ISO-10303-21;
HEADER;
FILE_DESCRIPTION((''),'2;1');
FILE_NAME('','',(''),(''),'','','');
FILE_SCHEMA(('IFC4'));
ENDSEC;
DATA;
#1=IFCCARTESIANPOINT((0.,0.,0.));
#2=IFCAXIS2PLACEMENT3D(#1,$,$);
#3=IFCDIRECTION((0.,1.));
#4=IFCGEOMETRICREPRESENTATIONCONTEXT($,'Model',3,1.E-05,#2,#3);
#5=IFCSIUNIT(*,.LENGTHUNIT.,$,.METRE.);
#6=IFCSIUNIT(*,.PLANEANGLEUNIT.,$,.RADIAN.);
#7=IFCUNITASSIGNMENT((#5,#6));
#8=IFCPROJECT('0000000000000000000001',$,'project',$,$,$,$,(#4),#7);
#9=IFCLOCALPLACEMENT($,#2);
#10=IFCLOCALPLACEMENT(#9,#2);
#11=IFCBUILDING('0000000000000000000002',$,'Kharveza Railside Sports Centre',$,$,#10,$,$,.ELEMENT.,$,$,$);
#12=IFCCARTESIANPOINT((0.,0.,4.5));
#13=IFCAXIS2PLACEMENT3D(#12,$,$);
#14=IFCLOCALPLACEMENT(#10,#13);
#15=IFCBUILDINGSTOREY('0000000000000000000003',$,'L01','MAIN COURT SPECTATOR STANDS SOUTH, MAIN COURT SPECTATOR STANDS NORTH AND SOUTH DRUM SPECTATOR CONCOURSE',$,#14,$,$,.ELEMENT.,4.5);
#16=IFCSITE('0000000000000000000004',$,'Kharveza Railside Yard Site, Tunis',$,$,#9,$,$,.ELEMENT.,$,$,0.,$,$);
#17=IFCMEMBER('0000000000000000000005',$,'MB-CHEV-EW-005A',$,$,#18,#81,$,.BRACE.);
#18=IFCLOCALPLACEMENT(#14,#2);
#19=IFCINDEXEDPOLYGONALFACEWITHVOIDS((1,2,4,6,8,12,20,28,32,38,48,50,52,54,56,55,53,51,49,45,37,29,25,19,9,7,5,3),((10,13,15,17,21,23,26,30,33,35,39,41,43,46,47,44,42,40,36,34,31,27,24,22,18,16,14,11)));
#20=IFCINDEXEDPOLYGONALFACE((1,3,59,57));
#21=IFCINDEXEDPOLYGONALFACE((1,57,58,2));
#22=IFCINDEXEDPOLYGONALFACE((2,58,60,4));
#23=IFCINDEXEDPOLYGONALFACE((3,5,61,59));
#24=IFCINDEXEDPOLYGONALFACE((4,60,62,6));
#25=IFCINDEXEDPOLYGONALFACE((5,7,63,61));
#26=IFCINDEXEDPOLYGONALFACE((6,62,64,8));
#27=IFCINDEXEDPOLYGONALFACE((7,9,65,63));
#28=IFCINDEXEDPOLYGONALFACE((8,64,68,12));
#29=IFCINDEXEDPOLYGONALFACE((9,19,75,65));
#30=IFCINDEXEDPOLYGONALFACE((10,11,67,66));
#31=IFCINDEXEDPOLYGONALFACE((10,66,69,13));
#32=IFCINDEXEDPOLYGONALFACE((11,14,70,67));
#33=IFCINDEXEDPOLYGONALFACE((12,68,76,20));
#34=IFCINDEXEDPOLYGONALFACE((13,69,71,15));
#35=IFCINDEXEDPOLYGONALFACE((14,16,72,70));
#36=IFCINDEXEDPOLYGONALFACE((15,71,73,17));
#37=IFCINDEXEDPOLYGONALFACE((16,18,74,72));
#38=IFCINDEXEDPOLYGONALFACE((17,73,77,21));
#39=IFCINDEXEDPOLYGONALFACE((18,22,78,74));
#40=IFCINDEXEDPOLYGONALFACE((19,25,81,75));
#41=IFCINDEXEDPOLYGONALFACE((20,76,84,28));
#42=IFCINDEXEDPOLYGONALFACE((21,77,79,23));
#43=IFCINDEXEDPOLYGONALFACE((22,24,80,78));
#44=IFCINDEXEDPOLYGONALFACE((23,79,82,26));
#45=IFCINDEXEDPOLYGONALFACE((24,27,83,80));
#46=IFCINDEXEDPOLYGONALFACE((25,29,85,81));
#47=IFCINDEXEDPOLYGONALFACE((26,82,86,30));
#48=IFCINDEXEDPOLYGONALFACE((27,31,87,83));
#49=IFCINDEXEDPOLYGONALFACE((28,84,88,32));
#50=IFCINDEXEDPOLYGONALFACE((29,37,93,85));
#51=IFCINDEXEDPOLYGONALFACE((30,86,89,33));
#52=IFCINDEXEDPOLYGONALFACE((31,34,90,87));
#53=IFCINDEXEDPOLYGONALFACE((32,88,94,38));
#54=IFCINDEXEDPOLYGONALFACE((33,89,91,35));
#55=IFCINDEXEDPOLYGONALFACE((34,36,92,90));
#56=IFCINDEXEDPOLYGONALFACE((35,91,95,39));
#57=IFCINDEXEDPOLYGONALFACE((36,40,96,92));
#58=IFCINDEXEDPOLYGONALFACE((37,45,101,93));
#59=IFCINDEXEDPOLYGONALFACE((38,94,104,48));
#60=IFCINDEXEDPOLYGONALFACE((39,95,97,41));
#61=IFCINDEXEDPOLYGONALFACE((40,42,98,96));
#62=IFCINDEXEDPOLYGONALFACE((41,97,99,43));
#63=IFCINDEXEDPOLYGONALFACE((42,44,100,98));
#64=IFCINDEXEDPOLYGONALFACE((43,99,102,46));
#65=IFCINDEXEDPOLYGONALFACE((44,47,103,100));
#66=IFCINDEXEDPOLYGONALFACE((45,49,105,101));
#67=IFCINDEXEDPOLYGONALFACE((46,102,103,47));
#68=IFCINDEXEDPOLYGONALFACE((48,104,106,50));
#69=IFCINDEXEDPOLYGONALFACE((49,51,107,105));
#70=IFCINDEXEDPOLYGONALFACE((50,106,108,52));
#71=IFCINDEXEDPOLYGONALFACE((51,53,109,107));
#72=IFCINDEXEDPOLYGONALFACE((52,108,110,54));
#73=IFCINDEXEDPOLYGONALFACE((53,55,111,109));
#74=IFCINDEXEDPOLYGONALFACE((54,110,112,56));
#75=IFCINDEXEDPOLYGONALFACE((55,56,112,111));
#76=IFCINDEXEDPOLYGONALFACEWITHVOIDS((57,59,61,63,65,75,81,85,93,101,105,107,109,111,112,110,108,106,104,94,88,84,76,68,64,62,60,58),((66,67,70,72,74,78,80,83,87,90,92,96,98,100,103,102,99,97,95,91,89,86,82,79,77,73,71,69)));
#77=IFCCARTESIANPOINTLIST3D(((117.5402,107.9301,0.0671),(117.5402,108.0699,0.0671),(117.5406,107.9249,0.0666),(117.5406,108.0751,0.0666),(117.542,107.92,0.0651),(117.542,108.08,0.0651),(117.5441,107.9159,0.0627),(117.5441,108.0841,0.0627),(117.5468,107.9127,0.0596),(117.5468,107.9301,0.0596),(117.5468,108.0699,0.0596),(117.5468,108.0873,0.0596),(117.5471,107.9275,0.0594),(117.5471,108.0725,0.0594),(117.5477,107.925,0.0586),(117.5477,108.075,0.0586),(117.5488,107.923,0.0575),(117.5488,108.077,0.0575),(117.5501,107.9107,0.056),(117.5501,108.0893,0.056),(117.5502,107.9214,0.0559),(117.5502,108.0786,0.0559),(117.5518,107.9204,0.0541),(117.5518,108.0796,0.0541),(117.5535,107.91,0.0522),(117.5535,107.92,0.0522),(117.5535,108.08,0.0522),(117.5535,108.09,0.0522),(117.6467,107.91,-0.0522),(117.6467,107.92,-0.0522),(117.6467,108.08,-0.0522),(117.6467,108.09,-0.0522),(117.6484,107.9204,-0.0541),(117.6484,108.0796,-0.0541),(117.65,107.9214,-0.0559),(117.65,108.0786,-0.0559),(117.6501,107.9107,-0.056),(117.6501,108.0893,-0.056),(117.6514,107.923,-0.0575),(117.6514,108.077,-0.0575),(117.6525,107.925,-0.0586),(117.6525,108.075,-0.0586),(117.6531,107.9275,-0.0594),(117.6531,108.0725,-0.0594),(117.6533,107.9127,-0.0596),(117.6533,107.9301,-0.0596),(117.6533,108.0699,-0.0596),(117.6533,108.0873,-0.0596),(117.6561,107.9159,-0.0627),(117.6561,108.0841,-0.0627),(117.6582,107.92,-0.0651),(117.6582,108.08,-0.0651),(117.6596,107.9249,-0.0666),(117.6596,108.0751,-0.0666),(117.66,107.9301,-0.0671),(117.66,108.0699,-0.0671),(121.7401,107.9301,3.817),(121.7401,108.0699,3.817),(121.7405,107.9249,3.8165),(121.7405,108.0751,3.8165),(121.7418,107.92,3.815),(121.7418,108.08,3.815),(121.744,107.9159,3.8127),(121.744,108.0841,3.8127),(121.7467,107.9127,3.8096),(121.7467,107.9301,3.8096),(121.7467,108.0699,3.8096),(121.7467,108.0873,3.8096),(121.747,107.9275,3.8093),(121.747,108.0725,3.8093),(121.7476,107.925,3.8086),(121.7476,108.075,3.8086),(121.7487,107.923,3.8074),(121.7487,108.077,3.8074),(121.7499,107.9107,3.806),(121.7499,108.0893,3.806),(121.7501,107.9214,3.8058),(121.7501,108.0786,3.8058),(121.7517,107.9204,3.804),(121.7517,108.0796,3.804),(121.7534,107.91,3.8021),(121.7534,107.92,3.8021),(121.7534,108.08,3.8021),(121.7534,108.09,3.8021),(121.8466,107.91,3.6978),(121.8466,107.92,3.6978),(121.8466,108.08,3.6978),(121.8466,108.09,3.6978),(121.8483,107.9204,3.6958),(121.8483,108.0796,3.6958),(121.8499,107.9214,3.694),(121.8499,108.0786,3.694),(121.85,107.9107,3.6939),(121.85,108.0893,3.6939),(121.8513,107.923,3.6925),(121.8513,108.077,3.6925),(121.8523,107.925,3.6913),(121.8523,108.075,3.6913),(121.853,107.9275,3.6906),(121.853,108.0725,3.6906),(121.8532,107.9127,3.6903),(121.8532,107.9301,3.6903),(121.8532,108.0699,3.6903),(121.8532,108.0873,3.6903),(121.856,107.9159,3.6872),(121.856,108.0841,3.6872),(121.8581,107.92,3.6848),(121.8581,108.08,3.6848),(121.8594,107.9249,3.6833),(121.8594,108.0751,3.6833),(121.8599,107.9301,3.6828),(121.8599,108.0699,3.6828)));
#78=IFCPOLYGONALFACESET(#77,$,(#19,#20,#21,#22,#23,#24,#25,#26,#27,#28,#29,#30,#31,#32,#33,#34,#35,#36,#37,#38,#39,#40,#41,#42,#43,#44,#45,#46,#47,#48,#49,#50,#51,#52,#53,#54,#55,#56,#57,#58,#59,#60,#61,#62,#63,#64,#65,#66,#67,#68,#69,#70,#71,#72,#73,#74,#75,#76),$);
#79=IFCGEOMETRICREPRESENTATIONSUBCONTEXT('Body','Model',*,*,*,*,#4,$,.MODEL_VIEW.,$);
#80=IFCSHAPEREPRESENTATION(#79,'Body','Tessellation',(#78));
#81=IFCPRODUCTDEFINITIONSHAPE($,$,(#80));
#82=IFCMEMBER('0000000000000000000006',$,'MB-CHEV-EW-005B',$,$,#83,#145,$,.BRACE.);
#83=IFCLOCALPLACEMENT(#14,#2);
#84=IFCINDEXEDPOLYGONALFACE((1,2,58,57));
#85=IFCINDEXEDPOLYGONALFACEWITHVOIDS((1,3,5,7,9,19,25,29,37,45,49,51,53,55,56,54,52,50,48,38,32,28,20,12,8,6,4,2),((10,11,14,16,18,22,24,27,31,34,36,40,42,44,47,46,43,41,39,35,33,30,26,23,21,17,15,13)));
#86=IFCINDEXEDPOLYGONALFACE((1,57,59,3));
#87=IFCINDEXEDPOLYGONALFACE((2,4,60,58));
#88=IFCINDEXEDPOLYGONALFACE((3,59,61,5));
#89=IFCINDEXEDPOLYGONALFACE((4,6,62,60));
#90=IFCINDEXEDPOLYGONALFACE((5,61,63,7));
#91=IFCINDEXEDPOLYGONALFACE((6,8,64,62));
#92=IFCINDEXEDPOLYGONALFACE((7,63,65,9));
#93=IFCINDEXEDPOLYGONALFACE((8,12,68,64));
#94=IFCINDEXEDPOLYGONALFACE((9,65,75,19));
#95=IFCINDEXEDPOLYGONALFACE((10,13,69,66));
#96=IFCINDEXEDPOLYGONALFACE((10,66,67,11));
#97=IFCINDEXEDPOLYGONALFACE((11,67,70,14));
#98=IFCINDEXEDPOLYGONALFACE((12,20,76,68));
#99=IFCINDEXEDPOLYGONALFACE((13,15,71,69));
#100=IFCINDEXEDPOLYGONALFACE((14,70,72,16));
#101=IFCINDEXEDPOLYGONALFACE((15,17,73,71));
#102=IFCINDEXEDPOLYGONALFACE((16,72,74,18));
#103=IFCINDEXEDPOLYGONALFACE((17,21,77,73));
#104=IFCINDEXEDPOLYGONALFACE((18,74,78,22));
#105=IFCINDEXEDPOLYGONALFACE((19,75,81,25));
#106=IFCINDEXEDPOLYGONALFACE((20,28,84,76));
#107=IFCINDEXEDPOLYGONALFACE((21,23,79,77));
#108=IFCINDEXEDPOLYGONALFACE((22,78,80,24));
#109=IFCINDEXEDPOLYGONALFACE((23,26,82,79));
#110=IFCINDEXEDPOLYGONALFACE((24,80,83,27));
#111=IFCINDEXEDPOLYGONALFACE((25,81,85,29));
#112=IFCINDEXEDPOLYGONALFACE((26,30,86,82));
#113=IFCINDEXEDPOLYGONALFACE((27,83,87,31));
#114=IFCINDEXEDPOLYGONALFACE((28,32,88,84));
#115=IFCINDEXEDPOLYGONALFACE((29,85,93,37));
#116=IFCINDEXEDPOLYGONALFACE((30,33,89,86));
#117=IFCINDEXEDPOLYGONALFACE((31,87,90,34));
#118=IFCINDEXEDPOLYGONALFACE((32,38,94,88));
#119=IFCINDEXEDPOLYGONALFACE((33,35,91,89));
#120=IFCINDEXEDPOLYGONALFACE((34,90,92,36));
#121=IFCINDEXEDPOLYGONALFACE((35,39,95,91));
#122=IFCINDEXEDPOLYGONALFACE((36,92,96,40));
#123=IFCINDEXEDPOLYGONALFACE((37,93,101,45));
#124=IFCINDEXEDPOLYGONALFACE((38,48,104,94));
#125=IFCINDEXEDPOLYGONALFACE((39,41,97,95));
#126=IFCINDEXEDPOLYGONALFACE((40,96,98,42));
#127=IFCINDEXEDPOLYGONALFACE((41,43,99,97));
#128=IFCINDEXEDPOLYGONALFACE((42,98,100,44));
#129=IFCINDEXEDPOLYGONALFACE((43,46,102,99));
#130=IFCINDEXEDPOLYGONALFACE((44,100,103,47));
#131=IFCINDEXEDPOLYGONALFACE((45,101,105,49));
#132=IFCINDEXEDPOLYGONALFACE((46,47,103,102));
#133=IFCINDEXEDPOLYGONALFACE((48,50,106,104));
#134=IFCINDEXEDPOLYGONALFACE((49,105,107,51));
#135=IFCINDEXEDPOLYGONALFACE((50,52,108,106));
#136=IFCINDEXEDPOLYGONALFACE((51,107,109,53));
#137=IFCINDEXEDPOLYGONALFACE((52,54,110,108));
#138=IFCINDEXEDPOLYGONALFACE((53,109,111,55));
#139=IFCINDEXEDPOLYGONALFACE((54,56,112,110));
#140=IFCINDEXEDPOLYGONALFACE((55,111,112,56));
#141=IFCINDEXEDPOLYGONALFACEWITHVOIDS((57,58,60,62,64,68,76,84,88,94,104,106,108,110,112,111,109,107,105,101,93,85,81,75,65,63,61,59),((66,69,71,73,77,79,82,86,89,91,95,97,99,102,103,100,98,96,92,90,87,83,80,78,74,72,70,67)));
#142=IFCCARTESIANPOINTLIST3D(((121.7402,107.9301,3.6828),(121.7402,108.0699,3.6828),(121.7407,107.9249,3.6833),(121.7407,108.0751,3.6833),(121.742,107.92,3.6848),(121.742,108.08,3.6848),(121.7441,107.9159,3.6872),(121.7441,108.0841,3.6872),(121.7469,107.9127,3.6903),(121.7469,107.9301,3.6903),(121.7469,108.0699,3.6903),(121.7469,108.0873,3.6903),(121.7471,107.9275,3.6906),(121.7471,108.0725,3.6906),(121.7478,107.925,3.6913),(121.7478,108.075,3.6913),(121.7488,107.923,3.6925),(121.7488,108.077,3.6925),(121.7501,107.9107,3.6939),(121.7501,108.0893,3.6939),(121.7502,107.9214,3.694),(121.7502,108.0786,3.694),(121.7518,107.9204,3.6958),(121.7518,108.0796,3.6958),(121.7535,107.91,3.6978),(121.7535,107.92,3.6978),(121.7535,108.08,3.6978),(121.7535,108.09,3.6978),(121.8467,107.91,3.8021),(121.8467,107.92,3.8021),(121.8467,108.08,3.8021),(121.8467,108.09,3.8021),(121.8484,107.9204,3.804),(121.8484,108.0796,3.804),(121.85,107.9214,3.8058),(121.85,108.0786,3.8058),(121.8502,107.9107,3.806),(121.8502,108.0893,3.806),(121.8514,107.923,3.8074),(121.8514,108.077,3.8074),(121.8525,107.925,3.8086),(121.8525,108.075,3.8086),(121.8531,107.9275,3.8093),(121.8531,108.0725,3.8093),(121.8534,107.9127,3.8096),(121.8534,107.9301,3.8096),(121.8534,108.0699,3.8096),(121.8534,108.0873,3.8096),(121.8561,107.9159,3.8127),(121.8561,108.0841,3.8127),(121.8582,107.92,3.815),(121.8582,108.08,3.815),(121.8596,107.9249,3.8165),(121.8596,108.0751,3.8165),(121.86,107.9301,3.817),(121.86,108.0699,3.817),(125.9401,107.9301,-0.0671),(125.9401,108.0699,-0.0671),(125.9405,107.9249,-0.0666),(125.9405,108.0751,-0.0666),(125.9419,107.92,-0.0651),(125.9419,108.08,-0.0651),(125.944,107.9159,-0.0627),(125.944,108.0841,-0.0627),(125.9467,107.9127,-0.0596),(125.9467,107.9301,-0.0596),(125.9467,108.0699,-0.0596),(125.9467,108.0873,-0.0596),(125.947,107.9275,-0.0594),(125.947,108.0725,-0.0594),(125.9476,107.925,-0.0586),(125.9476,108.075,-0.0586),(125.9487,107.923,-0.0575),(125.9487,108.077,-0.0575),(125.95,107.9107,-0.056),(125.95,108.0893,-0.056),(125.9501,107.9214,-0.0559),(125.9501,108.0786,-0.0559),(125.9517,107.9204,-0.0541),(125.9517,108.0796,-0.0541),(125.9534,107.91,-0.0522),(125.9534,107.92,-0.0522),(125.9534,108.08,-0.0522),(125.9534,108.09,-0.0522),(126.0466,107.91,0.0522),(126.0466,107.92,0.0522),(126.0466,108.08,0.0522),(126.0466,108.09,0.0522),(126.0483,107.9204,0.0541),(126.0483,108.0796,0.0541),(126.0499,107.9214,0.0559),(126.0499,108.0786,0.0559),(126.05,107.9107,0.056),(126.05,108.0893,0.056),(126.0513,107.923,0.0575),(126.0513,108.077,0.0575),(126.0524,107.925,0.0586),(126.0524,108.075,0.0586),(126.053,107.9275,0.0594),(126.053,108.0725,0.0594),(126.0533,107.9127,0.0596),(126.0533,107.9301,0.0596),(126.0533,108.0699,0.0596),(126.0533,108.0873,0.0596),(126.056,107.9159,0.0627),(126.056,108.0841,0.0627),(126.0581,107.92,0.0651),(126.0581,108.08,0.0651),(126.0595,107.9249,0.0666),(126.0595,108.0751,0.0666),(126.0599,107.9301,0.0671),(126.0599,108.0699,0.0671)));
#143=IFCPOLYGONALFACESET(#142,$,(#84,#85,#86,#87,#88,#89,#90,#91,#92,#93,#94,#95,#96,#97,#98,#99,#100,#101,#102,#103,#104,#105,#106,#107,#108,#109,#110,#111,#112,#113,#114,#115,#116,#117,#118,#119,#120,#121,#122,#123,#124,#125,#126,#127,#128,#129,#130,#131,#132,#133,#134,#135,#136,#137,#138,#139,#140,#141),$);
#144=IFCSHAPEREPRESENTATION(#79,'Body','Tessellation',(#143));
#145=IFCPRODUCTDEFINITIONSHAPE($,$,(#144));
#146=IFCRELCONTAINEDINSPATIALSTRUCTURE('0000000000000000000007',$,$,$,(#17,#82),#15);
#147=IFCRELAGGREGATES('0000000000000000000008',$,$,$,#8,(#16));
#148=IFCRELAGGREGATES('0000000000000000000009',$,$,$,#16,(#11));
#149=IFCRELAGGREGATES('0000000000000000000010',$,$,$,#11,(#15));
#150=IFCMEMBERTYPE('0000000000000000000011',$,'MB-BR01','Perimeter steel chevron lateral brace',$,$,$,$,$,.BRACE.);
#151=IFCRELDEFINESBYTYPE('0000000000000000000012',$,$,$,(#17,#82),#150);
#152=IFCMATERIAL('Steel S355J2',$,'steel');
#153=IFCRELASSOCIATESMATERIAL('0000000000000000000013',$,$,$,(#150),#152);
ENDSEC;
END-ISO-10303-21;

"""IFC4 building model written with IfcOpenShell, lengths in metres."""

from ifc_helpers import new_model, si_unit, direction, frame, origin, origin_2d, place, context, subcontext, project, spatial, hollow_rectangle, extrude, material, material_profile, profile_set, type_object, element, save


model = new_model("IFC4")

# Units and contexts
model_context = context("Model", 3, precision=1e-05, world=origin(), true_north=direction((0.0, 1.0)))
body_context = subcontext(model_context, "Body", "Model", "MODEL_VIEW")
ifc_project = project(units=[si_unit("LENGTHUNIT", "METRE"), si_unit("PLANEANGLEUNIT", "RADIAN")], contexts=[model_context])

# Site, building, storey
site_placement = place(None, origin())
site = spatial("IfcSite", under=ifc_project, at=site_placement, Name="Kharveza Railside Yard Site, Tunis", CompositionType="ELEMENT", RefElevation=0.0)
building_placement = place(site_placement, origin())
building = spatial("IfcBuilding", under=site, at=building_placement, Name="Kharveza Railside Sports Centre", CompositionType="ELEMENT")
storey_placement = place(building_placement, frame((0.0, 0.0, 4.5)))
storey = spatial("IfcBuildingStorey", under=building, at=storey_placement, Name="L01", Description="MAIN COURT SPECTATOR STANDS SOUTH, MAIN COURT SPECTATOR STANDS NORTH AND SOUTH DRUM SPECTATOR CONCOURSE", CompositionType="ELEMENT", Elevation=4.5)

# Shared definitions
ifc_material_1 = material(Name="Steel S355J2", Category="steel")

# Members
ifc_material_profile_1 = material_profile(ifc_material_1, hollow_rectangle(XDim=0.1799, YDim=0.1799, WallThickness=0.01, InnerFilletRadius=0.01, OuterFilletRadius=0.02, at=origin_2d()), Name="SHS 180x180x10.0")
ifc_profile_set_1 = profile_set([ifc_material_profile_1], Name="Steel S355J2")
member_type = type_object("IfcMemberType", Name="MB-BR01", Description="Perimeter steel chevron lateral brace", PredefinedType="BRACE", material=ifc_profile_set_1)
for number, where, z_axis, x_axis, name in (
    (1, (117.6001, 108.0, 0.0), (0.745934, 0.0, 0.66602), (0.0, 1.0, 0.0), "MB-CHEV-EW-005A"),
    (2, (126.0, 108.0, 0.0), (-0.745934, 0.0, 0.66602), (0.0, -1.0, 0.0), "MB-CHEV-EW-005B"),
):
    element("IfcMember", number, at=place(storey_placement, frame(where, z_axis=z_axis, x_axis=x_axis)), inside=storey, type_object=member_type, Name=name, PredefinedType="BRACE", context=body_context, shape_type="SweptSolid", body=[
        extrude(hollow_rectangle(XDim=0.1799, YDim=0.1799, WallThickness=0.01, InnerFilletRadius=0.01, OuterFilletRadius=0.02, at=origin_2d()), origin(), (0.0, 0.0, 1.0), 5.6304),
    ])

save(model, "model.ifc")
